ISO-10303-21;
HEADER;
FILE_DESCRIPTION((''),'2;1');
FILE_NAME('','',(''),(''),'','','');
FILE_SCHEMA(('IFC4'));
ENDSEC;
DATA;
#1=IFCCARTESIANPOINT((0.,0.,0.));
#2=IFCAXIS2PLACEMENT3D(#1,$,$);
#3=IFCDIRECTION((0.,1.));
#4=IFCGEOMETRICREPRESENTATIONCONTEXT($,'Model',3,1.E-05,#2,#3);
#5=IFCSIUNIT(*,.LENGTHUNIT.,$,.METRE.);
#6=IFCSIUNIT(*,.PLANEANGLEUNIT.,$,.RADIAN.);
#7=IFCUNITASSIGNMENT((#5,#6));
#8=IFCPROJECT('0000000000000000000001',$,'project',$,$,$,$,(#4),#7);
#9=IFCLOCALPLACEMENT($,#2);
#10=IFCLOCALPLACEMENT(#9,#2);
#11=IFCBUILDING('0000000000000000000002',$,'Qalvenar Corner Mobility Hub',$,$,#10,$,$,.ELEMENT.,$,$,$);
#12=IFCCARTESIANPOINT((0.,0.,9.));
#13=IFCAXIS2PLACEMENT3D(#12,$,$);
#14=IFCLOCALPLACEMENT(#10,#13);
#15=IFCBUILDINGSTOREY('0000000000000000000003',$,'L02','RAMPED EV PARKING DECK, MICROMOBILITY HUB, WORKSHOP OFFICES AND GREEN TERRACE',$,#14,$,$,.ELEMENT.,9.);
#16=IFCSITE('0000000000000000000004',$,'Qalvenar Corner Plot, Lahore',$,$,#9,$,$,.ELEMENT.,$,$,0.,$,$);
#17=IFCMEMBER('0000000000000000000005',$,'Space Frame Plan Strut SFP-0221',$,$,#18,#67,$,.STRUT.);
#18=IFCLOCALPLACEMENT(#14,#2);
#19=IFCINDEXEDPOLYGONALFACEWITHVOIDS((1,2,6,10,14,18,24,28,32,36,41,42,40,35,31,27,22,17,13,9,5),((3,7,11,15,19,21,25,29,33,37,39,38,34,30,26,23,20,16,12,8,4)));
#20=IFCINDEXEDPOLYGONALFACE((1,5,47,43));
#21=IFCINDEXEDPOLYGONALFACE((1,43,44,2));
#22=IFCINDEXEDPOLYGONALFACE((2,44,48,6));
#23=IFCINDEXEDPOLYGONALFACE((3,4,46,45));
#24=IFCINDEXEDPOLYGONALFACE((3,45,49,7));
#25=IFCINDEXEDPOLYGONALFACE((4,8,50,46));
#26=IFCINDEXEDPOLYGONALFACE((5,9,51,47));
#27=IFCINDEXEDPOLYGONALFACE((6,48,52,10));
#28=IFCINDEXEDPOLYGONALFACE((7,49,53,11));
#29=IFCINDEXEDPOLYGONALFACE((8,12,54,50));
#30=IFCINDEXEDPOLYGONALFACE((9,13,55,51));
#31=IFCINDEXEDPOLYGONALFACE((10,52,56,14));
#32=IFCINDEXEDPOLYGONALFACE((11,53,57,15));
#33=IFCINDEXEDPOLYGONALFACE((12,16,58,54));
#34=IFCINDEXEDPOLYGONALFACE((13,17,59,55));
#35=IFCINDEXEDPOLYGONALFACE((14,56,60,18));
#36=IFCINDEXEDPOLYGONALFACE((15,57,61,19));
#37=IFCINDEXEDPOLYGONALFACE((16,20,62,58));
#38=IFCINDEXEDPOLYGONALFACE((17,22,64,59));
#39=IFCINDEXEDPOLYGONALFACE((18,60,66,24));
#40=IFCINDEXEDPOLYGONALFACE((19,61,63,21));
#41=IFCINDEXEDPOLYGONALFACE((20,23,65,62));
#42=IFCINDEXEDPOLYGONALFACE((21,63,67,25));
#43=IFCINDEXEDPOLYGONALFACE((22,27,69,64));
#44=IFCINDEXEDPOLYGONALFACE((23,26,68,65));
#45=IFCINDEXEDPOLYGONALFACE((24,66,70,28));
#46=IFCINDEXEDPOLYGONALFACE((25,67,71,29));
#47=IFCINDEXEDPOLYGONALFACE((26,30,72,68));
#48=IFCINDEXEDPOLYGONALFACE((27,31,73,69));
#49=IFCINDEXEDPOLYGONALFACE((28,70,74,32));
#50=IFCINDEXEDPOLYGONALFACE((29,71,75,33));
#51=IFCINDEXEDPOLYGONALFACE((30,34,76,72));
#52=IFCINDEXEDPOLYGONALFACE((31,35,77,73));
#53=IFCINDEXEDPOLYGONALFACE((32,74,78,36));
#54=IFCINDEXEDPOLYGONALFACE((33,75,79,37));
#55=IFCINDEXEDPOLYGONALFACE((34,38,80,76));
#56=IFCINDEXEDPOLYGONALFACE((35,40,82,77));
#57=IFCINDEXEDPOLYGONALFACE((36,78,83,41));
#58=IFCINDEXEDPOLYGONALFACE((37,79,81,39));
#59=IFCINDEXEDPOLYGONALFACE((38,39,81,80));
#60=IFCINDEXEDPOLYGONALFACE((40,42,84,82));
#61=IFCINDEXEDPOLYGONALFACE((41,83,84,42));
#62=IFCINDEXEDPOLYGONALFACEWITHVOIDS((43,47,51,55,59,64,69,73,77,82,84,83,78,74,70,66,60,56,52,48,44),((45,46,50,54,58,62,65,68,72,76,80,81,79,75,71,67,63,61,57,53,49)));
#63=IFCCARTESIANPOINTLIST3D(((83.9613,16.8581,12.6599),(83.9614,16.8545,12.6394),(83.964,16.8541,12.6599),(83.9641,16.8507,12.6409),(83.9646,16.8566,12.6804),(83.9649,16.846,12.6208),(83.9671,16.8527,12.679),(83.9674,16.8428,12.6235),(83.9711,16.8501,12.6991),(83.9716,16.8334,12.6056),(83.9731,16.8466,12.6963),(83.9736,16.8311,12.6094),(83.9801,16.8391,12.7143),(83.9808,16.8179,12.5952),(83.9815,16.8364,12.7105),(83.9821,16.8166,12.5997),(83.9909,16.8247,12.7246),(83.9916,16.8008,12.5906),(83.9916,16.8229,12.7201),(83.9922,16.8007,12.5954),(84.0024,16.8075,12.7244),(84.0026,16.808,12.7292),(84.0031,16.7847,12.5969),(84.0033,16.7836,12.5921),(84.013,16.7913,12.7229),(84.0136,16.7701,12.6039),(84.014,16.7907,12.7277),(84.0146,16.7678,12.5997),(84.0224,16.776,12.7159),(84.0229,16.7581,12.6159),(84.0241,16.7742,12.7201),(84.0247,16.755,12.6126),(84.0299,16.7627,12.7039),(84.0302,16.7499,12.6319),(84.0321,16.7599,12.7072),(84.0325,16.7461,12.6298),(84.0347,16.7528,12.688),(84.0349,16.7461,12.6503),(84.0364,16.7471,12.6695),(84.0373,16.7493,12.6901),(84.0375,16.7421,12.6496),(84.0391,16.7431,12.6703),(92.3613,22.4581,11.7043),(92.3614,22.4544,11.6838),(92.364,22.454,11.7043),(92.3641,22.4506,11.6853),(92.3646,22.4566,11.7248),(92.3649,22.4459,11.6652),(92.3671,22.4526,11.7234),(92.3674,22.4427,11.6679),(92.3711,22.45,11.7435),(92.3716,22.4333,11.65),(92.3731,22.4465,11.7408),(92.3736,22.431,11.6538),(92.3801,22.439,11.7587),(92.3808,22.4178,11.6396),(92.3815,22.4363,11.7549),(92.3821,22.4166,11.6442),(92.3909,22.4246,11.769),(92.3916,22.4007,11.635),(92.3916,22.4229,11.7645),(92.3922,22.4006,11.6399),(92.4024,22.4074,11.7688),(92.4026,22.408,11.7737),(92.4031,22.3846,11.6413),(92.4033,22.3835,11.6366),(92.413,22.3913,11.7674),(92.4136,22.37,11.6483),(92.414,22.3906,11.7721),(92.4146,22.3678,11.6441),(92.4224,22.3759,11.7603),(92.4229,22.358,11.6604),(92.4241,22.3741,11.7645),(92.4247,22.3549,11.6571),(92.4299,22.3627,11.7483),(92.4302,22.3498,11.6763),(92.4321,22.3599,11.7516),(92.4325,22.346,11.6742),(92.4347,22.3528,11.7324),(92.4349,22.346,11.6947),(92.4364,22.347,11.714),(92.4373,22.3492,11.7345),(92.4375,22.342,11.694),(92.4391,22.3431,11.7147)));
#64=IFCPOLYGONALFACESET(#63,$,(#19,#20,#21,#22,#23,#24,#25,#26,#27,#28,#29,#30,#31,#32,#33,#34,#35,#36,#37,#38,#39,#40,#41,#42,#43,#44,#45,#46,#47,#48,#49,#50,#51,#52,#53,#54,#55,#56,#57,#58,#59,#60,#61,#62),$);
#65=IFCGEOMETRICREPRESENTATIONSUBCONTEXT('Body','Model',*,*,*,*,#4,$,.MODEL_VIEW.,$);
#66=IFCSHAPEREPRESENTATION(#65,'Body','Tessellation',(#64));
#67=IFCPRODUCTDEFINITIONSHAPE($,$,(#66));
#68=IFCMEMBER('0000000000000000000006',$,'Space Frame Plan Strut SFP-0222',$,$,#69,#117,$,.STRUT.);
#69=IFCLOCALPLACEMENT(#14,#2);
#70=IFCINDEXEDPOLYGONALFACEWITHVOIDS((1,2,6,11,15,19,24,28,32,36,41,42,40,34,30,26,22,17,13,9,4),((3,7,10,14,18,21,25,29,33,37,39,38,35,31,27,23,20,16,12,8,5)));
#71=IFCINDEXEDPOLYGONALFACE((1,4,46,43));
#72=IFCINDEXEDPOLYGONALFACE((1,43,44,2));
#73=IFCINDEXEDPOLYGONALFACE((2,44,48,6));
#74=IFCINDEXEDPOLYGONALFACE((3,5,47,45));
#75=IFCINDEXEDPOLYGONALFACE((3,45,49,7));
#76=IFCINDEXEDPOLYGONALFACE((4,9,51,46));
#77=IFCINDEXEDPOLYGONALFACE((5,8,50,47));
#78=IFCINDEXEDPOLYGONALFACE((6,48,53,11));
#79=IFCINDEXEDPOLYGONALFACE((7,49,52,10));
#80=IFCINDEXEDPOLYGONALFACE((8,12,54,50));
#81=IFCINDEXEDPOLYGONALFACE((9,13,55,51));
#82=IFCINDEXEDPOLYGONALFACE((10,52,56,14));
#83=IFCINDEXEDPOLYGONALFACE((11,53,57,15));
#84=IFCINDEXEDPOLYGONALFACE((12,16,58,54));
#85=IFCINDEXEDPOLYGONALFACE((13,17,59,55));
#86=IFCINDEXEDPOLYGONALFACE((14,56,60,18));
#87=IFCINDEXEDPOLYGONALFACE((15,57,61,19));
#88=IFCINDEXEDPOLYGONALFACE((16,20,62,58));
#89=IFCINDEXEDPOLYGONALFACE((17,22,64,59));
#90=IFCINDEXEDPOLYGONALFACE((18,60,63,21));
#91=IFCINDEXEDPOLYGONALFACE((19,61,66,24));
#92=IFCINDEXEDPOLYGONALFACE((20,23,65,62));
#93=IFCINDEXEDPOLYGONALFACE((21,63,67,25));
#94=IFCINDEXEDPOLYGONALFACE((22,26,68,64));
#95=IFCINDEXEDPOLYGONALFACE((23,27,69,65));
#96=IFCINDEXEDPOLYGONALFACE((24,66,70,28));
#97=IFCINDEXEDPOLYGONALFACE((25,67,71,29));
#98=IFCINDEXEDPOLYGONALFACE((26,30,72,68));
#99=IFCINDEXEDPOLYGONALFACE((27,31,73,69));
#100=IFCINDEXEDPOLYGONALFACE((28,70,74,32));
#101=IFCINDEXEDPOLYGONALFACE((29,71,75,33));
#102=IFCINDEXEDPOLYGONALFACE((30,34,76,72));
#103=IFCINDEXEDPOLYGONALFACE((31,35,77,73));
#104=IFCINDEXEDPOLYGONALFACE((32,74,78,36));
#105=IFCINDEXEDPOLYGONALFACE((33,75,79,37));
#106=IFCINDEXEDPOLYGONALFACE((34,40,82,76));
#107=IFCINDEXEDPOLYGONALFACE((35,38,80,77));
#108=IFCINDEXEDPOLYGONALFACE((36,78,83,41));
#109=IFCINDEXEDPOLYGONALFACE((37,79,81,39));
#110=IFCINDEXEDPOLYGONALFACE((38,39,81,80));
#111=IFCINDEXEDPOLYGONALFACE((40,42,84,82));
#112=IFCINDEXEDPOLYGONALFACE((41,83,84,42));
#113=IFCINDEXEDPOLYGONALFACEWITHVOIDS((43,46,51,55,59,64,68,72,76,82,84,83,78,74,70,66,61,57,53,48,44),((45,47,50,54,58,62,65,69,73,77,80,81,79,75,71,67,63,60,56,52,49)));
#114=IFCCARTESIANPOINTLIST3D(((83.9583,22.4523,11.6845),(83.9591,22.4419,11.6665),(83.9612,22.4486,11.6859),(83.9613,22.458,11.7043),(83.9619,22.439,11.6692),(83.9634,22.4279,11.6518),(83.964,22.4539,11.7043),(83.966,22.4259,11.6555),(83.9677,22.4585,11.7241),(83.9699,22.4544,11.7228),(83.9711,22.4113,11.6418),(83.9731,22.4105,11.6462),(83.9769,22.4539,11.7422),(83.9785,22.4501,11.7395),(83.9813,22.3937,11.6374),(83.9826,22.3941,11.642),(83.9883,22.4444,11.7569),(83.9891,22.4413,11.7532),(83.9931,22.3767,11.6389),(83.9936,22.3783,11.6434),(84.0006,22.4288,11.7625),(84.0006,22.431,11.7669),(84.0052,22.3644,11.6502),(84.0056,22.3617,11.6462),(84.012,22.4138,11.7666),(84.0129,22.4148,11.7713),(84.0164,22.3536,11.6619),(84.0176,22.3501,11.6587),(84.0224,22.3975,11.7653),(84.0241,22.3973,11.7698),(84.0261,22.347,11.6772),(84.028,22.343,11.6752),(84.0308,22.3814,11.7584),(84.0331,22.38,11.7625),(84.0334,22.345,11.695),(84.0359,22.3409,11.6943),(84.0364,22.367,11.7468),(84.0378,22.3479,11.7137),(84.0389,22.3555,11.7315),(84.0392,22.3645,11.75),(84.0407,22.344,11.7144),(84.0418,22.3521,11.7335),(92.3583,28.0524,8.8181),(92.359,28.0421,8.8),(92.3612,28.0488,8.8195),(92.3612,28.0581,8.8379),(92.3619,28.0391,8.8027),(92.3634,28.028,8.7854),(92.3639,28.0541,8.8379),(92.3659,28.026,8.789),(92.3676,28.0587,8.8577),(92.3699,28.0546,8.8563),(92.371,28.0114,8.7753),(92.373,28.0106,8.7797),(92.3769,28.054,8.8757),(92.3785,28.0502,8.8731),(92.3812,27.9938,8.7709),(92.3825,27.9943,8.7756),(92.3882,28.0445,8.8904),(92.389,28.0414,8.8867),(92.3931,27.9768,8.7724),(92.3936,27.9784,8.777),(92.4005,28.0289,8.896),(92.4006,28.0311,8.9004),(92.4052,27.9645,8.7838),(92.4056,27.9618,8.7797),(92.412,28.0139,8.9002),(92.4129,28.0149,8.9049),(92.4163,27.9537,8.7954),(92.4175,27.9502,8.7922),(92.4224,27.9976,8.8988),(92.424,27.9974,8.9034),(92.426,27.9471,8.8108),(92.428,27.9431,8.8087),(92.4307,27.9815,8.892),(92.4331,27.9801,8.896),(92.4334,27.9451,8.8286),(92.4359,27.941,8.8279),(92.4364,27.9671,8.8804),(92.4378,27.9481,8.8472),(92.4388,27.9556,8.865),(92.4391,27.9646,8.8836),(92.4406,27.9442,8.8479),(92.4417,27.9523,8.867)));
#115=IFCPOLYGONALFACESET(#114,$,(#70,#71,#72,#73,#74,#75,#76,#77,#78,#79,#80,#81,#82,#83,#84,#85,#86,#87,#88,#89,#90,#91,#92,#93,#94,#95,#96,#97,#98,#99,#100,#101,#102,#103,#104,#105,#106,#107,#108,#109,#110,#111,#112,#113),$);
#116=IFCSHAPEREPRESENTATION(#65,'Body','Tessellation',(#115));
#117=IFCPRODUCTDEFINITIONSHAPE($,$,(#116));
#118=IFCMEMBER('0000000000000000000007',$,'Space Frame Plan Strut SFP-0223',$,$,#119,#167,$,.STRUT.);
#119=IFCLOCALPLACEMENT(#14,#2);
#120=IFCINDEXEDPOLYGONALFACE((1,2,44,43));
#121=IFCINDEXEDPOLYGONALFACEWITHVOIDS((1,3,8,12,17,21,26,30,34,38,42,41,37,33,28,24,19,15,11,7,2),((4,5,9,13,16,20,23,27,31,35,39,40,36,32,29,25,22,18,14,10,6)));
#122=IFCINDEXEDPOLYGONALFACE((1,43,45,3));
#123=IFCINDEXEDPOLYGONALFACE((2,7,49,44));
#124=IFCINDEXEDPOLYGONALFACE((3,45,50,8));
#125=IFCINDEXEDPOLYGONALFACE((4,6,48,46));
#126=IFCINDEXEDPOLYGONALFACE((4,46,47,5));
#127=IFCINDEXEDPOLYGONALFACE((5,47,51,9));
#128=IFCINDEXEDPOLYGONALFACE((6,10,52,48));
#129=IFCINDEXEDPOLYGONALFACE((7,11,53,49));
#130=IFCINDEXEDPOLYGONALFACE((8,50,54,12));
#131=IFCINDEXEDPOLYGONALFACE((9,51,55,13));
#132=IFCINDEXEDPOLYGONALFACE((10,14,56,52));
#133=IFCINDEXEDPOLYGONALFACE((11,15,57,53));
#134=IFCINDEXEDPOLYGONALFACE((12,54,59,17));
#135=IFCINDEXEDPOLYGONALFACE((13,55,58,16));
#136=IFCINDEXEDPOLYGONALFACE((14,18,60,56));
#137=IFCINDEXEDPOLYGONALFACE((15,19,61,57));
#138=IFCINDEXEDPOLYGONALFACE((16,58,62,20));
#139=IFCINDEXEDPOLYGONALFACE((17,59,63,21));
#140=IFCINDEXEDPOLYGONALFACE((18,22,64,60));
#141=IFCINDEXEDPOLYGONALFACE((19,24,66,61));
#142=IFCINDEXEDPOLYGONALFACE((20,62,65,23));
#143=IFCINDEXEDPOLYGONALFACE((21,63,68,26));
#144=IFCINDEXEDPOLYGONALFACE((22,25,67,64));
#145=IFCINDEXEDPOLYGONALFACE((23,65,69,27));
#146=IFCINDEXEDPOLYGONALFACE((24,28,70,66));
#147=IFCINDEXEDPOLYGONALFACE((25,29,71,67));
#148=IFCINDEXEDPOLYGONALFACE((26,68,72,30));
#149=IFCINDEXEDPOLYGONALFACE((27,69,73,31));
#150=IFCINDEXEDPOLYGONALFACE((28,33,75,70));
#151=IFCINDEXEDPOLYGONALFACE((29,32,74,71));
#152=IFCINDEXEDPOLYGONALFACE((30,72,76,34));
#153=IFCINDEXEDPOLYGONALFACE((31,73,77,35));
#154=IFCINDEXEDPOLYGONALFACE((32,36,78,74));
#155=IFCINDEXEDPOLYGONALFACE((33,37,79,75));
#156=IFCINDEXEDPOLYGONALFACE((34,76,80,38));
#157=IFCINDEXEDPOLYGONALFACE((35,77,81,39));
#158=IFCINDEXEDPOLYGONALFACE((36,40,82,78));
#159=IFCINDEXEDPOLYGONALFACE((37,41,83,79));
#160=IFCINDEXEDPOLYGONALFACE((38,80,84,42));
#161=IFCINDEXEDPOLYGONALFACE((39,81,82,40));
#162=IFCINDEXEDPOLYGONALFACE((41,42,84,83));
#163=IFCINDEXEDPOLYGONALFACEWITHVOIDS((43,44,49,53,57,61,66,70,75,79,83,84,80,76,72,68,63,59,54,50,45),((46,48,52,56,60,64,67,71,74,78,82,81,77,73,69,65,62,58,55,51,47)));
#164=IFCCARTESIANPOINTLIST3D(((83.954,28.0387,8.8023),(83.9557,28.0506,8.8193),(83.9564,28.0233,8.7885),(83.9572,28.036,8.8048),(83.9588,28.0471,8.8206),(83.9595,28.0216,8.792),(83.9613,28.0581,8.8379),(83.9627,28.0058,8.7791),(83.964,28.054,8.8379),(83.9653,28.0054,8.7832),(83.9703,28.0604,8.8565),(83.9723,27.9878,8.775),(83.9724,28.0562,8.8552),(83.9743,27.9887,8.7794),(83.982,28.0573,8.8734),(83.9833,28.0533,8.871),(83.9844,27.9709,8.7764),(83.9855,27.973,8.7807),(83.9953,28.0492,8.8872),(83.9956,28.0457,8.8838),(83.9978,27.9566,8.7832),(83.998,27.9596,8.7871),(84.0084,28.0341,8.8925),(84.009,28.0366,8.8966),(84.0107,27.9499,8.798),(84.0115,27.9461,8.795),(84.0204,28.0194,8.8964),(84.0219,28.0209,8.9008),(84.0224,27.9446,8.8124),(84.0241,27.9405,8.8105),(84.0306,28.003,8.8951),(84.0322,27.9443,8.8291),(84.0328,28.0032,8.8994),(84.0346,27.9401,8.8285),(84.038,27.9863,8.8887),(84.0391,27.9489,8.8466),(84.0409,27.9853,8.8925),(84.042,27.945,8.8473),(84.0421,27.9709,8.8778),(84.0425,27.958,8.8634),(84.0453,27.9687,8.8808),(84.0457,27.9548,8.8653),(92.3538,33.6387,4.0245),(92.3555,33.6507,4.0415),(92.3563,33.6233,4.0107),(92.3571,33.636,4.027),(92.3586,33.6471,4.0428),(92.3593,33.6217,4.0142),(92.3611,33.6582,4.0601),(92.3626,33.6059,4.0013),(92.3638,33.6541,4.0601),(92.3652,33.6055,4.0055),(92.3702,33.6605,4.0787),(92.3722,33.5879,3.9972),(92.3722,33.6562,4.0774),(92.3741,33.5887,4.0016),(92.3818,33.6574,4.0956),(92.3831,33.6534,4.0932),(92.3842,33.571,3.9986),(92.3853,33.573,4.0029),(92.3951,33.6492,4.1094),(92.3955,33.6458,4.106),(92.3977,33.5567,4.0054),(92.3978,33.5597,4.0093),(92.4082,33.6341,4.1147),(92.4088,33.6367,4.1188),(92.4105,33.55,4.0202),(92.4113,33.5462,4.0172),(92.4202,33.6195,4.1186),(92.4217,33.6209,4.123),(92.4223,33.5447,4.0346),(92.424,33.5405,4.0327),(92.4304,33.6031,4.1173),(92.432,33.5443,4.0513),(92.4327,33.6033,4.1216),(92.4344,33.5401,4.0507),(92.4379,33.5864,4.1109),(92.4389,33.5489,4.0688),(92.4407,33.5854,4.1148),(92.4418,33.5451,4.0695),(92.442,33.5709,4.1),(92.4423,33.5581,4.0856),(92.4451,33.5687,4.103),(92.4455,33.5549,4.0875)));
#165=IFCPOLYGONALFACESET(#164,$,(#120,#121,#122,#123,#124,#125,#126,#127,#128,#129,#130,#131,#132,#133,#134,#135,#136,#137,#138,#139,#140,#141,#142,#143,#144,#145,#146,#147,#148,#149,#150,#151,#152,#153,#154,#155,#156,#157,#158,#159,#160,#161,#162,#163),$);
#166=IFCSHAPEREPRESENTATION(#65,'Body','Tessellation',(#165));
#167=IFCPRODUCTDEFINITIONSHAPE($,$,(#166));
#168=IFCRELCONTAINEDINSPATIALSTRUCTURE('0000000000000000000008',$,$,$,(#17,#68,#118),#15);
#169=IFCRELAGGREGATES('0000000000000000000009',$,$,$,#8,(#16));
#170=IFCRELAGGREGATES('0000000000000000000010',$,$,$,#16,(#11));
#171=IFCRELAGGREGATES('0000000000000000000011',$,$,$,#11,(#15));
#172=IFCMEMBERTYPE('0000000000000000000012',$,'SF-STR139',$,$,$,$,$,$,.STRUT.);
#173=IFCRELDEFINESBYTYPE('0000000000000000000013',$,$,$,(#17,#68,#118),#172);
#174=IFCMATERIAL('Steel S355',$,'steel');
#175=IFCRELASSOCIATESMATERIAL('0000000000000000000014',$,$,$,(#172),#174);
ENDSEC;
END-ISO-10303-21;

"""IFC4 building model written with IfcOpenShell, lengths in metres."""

from ifc_helpers import new_model, si_unit, direction, frame, origin, origin_2d, place, context, subcontext, project, spatial, hollow_circle, extrude, material, material_profile, profile_set, type_object, element, save


model = new_model("IFC4")

# Units and contexts
model_context = context("Model", 3, precision=1e-05, world=origin(), true_north=direction((0.0, 1.0)))
body_context = subcontext(model_context, "Body", "Model", "MODEL_VIEW")
ifc_project = project(units=[si_unit("LENGTHUNIT", "METRE"), si_unit("PLANEANGLEUNIT", "RADIAN")], contexts=[model_context])

# Site, building, storey
site_placement = place(None, origin())
site = spatial("IfcSite", under=ifc_project, at=site_placement, Name="Qalvenar Corner Plot, Lahore", CompositionType="ELEMENT", RefElevation=0.0)
building_placement = place(site_placement, origin())
building = spatial("IfcBuilding", under=site, at=building_placement, Name="Qalvenar Corner Mobility Hub", CompositionType="ELEMENT")
storey_placement = place(building_placement, frame((0.0, 0.0, 9.0)))
storey = spatial("IfcBuildingStorey", under=building, at=storey_placement, Name="L02", Description="RAMPED EV PARKING DECK, MICROMOBILITY HUB, WORKSHOP OFFICES AND GREEN TERRACE", CompositionType="ELEMENT", Elevation=9.0)

# Members
ifc_material_1 = material(Name="Steel S355", Category="steel")
ifc_material_profile_1 = material_profile(ifc_material_1, hollow_circle(Radius=0.0698, WallThickness=0.0049, at=origin_2d()), Name="CHS139.7x5")
ifc_profile_set_1 = profile_set([ifc_material_profile_1], Name="Steel S355")
member_type_1 = type_object("IfcMemberType", Name="SF-STR139", PredefinedType="STRUT", material=ifc_profile_set_1)
member_1_placement = place(storey_placement, frame((84.0, 16.8, 12.6599), z_axis=(0.828352, 0.552226, -0.094233), x_axis=(-0.554695, 0.832054, 0.0)))
element("IfcMember", 1, at=member_1_placement, inside=storey, type_object=member_type_1, Name="Space Frame Plan Strut SFP-0221", PredefinedType="STRUT", context=body_context, shape_type="SweptSolid", body=[
    extrude(hollow_circle(Radius=0.0698, WallThickness=0.0049, at=origin_2d()), origin(), (0.0, 0.0, 1.0), 10.1406),
])
member_2_placement = place(storey_placement, frame((84.0, 22.3999, 11.7043), z_axis=(0.800405, 0.533619, -0.273137), x_axis=(-0.554711, 0.832043, 0.0)))
element("IfcMember", 2, at=member_2_placement, inside=storey, type_object=member_type_1, Name="Space Frame Plan Strut SFP-0222", PredefinedType="STRUT", context=body_context, shape_type="SweptSolid", body=[
    extrude(hollow_circle(Radius=0.0698, WallThickness=0.0049, at=origin_2d()), origin(), (0.0, 0.0, 1.0), 10.4946),
])
member_3_placement = place(storey_placement, frame((84.0, 28.0, 8.8379), z_axis=(0.752071, 0.501395, -0.427775), x_axis=(-0.554711, 0.832043, 0.0)))
element("IfcMember", 3, at=member_3_placement, inside=storey, type_object=member_type_1, Name="Space Frame Plan Strut SFP-0223", PredefinedType="STRUT", context=body_context, shape_type="SweptSolid", body=[
    extrude(hollow_circle(Radius=0.0698, WallThickness=0.0049, at=origin_2d()), origin(), (0.0, 0.0, 1.0), 11.1689),
])

save(model, "model.ifc")
